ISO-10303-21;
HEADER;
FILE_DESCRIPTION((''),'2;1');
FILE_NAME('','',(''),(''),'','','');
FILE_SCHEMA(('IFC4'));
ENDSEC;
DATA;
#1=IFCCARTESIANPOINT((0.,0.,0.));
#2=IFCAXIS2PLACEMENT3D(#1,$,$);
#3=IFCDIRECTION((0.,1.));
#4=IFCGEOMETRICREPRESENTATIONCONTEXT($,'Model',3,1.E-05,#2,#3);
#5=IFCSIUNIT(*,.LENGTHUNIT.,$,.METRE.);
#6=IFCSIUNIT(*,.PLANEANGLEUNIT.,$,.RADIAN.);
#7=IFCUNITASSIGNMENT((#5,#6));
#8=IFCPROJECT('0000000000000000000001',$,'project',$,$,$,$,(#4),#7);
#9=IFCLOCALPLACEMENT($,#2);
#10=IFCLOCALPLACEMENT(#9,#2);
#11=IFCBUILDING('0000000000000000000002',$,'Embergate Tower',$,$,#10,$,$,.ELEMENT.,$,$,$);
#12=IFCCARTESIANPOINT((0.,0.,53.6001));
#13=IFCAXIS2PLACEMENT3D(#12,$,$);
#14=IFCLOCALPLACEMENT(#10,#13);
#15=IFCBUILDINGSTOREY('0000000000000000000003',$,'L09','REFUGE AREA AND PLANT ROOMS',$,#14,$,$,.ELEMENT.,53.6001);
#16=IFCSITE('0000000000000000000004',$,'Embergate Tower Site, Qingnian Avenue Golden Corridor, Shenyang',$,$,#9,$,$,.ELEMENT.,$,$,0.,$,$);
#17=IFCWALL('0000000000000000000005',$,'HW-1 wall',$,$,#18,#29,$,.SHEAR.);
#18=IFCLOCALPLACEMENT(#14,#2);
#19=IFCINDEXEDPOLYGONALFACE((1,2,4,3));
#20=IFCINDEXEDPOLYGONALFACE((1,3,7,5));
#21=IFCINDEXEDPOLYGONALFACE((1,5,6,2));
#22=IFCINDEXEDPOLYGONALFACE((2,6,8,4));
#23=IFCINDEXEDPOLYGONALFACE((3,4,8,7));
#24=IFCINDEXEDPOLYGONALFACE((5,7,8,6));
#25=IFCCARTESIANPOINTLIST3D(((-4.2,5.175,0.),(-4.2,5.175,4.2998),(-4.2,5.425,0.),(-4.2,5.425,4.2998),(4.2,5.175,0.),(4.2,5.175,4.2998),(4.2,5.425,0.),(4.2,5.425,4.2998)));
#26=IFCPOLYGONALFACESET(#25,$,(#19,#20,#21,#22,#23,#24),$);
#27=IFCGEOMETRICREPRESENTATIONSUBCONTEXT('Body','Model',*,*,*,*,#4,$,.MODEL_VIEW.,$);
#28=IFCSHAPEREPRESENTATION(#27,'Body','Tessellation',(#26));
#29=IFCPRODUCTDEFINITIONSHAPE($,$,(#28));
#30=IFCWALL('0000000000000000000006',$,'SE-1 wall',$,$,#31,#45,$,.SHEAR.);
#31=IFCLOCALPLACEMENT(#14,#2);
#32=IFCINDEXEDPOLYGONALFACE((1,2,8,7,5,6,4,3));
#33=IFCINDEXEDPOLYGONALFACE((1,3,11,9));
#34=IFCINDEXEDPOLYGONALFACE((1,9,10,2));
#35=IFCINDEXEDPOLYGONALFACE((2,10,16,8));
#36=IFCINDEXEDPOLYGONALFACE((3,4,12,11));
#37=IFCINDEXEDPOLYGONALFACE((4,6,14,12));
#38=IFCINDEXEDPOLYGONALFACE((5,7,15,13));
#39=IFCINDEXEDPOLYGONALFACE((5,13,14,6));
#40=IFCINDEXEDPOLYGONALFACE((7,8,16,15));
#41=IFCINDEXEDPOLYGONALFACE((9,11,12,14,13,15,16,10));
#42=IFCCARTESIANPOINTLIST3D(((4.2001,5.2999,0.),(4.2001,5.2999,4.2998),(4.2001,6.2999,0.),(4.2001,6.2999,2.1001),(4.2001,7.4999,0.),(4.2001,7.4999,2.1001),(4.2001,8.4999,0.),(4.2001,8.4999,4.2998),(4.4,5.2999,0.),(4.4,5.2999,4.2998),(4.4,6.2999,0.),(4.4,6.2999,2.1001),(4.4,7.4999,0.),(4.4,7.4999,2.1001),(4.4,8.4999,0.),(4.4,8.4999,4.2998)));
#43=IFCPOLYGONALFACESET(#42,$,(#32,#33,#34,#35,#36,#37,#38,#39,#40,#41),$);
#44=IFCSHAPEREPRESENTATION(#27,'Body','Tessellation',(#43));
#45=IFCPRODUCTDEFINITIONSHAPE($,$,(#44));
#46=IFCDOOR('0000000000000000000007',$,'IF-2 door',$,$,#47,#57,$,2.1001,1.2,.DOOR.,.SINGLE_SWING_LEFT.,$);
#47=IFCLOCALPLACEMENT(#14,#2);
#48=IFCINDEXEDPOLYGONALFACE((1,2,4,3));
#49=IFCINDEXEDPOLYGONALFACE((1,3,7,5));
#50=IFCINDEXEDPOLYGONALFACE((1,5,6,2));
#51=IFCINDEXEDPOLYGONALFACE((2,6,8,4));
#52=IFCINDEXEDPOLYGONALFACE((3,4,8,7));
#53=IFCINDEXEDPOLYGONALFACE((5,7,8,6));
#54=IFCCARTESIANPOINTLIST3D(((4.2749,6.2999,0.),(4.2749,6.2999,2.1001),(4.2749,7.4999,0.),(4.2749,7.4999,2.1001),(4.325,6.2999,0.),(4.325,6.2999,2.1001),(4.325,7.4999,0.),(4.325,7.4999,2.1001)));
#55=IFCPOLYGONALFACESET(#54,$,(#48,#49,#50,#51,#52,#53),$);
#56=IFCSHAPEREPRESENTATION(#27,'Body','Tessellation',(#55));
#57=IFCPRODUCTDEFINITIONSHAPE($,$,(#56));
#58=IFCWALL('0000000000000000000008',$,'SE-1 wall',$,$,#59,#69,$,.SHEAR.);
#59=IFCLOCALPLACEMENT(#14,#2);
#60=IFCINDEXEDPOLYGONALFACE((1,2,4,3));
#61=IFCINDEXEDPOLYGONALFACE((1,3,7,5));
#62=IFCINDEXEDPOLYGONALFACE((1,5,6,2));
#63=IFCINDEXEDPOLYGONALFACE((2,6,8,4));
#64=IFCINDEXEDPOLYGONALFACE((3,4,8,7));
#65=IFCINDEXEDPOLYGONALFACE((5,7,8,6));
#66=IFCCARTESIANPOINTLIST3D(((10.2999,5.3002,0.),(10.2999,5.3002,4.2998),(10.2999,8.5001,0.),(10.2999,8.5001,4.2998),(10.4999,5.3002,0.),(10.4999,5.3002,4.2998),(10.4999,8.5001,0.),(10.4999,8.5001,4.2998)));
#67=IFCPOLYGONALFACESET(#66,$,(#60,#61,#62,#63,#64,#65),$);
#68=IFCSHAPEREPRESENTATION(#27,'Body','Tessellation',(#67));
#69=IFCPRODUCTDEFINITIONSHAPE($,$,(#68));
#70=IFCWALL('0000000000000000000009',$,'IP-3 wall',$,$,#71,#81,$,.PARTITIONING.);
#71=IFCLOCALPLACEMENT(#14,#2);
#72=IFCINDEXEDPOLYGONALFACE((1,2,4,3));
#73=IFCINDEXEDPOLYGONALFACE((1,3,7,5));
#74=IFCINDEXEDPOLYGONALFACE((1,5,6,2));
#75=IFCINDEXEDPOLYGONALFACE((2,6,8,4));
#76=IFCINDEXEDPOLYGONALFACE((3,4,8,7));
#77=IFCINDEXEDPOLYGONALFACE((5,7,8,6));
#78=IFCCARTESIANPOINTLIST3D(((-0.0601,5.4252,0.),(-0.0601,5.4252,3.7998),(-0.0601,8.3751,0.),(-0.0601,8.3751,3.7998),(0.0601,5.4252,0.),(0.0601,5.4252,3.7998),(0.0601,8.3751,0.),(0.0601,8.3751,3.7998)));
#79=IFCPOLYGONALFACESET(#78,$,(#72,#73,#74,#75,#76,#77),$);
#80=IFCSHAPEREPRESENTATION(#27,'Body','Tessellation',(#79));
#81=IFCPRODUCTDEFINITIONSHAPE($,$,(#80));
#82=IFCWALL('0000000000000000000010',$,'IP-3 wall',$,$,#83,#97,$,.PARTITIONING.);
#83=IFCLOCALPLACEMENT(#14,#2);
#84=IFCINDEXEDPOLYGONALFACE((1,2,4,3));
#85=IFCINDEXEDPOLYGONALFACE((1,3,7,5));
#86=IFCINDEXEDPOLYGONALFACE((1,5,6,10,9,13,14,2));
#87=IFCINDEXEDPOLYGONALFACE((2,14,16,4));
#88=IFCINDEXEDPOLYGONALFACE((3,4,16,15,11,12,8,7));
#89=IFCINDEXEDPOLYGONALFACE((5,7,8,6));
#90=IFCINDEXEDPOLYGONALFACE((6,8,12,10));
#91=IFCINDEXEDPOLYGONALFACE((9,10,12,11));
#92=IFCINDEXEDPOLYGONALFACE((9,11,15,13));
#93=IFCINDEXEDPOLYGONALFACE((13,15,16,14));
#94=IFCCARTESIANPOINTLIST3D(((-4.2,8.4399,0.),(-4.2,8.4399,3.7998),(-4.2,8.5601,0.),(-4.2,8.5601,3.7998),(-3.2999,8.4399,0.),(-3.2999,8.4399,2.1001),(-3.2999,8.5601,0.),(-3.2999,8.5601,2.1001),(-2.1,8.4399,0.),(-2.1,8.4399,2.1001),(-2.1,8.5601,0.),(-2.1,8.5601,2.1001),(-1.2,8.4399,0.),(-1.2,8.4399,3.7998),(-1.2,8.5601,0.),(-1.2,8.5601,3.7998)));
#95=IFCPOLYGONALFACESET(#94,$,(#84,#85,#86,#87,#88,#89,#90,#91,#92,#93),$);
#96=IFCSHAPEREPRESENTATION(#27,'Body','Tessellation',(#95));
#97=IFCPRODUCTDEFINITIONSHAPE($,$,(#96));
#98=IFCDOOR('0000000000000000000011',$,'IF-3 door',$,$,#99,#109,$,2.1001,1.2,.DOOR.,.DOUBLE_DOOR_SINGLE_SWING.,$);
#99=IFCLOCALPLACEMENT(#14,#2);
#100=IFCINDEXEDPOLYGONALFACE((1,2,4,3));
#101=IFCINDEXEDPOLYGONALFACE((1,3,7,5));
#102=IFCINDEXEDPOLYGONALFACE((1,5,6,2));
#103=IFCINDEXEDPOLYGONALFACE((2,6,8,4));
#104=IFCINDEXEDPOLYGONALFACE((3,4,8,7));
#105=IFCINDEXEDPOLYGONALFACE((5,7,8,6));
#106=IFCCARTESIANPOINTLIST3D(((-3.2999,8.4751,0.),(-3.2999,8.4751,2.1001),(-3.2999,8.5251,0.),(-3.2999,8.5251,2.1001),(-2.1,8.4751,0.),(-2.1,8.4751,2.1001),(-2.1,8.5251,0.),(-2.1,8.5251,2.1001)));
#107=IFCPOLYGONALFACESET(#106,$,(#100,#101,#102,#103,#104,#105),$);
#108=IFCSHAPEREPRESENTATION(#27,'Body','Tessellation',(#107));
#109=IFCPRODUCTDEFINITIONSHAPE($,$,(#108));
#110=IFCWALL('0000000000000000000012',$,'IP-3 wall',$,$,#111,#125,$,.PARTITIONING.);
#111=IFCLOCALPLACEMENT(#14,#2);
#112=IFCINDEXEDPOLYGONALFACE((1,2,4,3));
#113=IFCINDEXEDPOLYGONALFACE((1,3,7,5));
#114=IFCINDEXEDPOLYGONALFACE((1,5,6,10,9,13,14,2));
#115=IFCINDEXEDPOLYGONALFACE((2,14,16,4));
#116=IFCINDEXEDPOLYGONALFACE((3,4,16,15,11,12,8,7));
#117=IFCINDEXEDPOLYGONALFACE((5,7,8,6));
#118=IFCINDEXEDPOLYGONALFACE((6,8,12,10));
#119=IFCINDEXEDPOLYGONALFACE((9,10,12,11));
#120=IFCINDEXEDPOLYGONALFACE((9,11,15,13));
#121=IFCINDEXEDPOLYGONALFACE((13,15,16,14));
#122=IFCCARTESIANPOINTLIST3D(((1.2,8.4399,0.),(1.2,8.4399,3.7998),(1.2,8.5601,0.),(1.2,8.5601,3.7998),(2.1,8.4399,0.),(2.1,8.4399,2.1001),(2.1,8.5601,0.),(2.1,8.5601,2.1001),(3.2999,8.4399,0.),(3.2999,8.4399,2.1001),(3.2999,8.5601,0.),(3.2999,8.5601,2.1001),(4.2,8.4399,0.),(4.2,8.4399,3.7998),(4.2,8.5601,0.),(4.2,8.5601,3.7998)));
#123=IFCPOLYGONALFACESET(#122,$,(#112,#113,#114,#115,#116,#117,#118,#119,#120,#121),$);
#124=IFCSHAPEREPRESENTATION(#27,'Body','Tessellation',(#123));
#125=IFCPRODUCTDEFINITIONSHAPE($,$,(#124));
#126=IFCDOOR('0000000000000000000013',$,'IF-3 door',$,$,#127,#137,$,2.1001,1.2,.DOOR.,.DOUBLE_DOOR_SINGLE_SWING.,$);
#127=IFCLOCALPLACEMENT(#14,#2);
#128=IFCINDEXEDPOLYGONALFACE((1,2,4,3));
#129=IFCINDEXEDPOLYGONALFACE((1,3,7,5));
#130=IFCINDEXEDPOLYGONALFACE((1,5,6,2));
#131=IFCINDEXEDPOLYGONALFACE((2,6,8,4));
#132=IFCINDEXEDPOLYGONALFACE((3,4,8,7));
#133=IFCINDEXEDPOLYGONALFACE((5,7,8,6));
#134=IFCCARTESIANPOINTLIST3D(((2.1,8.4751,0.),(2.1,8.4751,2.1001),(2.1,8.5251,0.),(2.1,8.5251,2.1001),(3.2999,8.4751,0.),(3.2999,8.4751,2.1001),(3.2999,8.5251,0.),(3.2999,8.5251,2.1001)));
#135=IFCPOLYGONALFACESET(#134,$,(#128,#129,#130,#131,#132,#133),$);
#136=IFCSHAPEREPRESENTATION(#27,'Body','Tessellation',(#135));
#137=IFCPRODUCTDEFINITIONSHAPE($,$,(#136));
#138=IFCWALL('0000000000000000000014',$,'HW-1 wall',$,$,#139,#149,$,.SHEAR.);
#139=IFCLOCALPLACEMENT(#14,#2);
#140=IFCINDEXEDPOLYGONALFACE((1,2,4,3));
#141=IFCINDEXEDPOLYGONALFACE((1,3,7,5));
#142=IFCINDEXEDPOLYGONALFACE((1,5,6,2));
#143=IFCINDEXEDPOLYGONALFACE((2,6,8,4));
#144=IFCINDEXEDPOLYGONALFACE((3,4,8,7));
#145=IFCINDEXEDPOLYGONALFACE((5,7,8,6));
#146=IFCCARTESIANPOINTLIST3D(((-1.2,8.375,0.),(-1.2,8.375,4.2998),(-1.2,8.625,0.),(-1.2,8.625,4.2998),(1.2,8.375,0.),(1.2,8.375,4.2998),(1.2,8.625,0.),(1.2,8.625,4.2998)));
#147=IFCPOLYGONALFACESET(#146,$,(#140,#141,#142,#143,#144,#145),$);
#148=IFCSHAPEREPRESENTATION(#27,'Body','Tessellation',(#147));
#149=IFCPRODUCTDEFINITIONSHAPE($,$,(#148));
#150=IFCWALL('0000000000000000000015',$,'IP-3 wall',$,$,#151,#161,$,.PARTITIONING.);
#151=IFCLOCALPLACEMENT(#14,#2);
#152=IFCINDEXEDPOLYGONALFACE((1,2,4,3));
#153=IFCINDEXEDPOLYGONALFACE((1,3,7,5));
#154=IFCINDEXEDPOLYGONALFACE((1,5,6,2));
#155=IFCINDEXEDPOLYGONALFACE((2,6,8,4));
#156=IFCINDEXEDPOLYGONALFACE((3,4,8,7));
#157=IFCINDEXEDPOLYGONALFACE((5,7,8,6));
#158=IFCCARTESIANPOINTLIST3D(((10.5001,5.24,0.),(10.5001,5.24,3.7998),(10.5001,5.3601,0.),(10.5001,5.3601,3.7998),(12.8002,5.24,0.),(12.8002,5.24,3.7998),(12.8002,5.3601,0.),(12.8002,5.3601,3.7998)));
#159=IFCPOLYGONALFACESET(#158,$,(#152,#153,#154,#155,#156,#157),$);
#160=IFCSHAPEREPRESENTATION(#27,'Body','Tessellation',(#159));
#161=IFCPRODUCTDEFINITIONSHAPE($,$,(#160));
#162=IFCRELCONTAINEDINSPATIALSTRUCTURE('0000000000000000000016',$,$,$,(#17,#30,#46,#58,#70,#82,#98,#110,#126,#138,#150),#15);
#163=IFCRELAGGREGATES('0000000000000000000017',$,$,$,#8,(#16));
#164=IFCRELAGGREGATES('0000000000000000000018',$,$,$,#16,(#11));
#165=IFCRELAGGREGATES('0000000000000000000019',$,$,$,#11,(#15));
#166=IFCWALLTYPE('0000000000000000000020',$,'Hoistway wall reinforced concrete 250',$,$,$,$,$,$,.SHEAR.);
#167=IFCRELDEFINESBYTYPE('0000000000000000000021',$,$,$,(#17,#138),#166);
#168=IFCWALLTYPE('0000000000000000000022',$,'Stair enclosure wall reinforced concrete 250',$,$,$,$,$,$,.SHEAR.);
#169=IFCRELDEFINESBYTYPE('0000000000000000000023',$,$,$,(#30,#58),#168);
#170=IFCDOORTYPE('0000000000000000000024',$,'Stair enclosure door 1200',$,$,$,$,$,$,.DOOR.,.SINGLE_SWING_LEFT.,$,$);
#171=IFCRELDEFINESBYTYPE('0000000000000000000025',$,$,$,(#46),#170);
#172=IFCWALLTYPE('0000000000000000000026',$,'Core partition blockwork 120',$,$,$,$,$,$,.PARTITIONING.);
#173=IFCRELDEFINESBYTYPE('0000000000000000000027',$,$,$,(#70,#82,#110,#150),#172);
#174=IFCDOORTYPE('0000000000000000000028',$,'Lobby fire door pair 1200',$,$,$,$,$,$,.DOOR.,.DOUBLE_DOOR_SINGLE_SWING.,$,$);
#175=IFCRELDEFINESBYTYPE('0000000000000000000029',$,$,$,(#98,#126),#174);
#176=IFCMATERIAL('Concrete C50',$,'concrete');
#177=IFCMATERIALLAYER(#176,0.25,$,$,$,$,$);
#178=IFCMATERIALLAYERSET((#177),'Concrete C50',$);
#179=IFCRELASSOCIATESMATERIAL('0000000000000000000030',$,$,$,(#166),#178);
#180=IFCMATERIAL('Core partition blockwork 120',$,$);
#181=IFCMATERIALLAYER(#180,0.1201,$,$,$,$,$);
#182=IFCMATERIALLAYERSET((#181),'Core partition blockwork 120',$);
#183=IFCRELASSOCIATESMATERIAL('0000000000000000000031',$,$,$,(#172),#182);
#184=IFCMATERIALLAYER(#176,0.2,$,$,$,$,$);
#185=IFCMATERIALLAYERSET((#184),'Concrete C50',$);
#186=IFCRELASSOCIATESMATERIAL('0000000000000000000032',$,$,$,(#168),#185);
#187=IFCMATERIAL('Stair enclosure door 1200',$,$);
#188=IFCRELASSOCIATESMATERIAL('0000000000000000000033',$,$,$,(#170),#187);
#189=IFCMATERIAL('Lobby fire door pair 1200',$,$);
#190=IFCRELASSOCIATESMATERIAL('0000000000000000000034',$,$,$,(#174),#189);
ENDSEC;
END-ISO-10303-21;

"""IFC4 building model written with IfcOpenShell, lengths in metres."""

from ifc_helpers import new_model, si_unit, direction, frame, frame_2d, origin, place, context, subcontext, project, spatial, rectangle, extrude, source, transform, mapped, material, layer, layer_set, type_object, element, fill, save


model = new_model("IFC4")

# Units and contexts
model_context = context("Model", 3, precision=1e-05, world=origin(), true_north=direction((0.0, 1.0)))
body_context = subcontext(model_context, "Body", "Model", "MODEL_VIEW")
ifc_project = project(units=[si_unit("LENGTHUNIT", "METRE"), si_unit("PLANEANGLEUNIT", "RADIAN")], contexts=[model_context])

# Site, building, storey
site_placement = place(None, origin())
site = spatial("IfcSite", under=ifc_project, at=site_placement, Name="Embergate Tower Site, Qingnian Avenue Golden Corridor, Shenyang", CompositionType="ELEMENT", RefElevation=0.0)
building_placement = place(site_placement, origin())
building = spatial("IfcBuilding", under=site, at=building_placement, Name="Embergate Tower", CompositionType="ELEMENT")
storey_placement = place(building_placement, frame((0.0, 0.0, 53.6001)))
storey = spatial("IfcBuildingStorey", under=building, at=storey_placement, Name="L09", Description="REFUGE AREA AND PLANT ROOMS", CompositionType="ELEMENT", Elevation=53.6001)

# Shared definitions
ifc_material_1 = material(Name="Concrete C50", Category="concrete")
ifc_layer_1 = layer(ifc_material_1, 0.25)
ifc_layer_set_1 = layer_set([ifc_layer_1], Name="Concrete C50")
wall_type_1 = type_object("IfcWallType", Name="Hoistway wall reinforced concrete 250", PredefinedType="SHEAR", material=ifc_layer_set_1)

# Shared definitions
ifc_material_2 = material(Name="Core partition blockwork 120")
ifc_layer_2 = layer(ifc_material_2, 0.1201)
ifc_layer_set_2 = layer_set([ifc_layer_2], Name="Core partition blockwork 120")
wall_type_2 = type_object("IfcWallType", Name="Core partition blockwork 120", PredefinedType="PARTITIONING", material=ifc_layer_set_2)

# Wall
ifc_layer_3 = layer(ifc_material_1, 0.2)
ifc_layer_set_3 = layer_set([ifc_layer_3], Name="Concrete C50")
wall_type_3 = type_object("IfcWallType", Name="Stair enclosure wall reinforced concrete 250", PredefinedType="SHEAR", material=ifc_layer_set_3)
shared_shape_1 = source(origin(), body_context, "Body", "SweptSolid", [
    extrude(rectangle(XDim=8.3999, YDim=0.25, at=frame_2d((4.2, 0.0))), origin(), (0.0, 0.0, 1.0), 4.2998),
])
wall_1_placement = place(storey_placement, frame((4.2, 5.3, 0.0), z_axis=(0.0, 0.0, 1.0), x_axis=(-1.0, 0.0, 0.0)))
element("IfcWall", 1, at=wall_1_placement, inside=storey, type_object=wall_type_1, Name="HW-1 wall", PredefinedType="SHEAR", context=body_context, shape_type="MappedRepresentation", body=[
    mapped(shared_shape_1, transform((0.0, 0.0, 0.0))),
])

# Wall, opening, door
shared_shape_2 = source(origin(), body_context, "Body", "SweptSolid", [
    extrude(rectangle(XDim=3.2, YDim=0.2, at=frame_2d((1.6001, 0.0))), origin(), (0.0, 0.0, 1.0), 4.2998),
])
wall_2_placement = place(storey_placement, frame((4.3, 8.5, 0.0), z_axis=(0.0, 0.0, 1.0), x_axis=(0.0, -1.0, 0.0)))
wall_2 = element("IfcWall", 2, at=wall_2_placement, inside=storey, type_object=wall_type_3, Name="SE-1 wall", PredefinedType="SHEAR", context=body_context, shape_type="MappedRepresentation", body=[
    mapped(shared_shape_2, transform((0.0, 0.0, 0.0))),
])
shared_shape_3 = source(origin(), body_context, "Body", "SweptSolid", [
    extrude(rectangle(XDim=1.2, YDim=2.1001, at=frame_2d((0.6001, 1.05))), frame((0.0, 0.1099, 0.0), z_axis=(0.0, -1.0, 0.0), x_axis=(1.0, 0.0, 0.0)), (0.0, 0.0, 1.0), 0.22),
])
opening_1_placement = place(wall_2_placement, frame((1.0, 0.0, 0.0)))
opening_1 = element("IfcOpeningElement", 3, at=opening_1_placement, cuts=wall_2, PredefinedType="OPENING", context=body_context, shape_type="MappedRepresentation", body=[
    mapped(shared_shape_3, transform((0.0, 0.0, 0.0))),
])
ifc_material_3 = material(Name="Stair enclosure door 1200")
door_type_1 = type_object("IfcDoorType", Name="Stair enclosure door 1200", OperationType="SINGLE_SWING_LEFT", PredefinedType="DOOR", material=ifc_material_3)
shared_shape_4 = source(origin(), body_context, "Body", "SweptSolid", [
    extrude(rectangle(XDim=1.2, YDim=2.1001, at=frame_2d((0.6001, 1.05))), frame((0.0, 0.0249, 0.0), z_axis=(0.0, -1.0, 0.0), x_axis=(1.0, 0.0, 0.0)), (0.0, 0.0, 1.0), 0.05),
])
door_1_placement = place(opening_1_placement, origin())
door_1 = element("IfcDoor", 4, at=door_1_placement, inside=storey, type_object=door_type_1, Name="IF-2 door", OperationType="SINGLE_SWING_LEFT", OverallHeight=2.1001, OverallWidth=1.2, PredefinedType="DOOR", context=body_context, shape_type="MappedRepresentation", body=[
    mapped(shared_shape_4, transform((0.0, 0.0, 0.0))),
])
fill(opening_1, door_1)

# Walls
wall_3_placement = place(storey_placement, frame((10.3999, 5.3, 0.0), z_axis=(0.0, 0.0, 1.0), x_axis=(0.0, 1.0, 0.0)))
element("IfcWall", 5, at=wall_3_placement, inside=storey, type_object=wall_type_3, Name="SE-1 wall", PredefinedType="SHEAR", context=body_context, shape_type="MappedRepresentation", body=[
    mapped(shared_shape_2, transform((0.0, 0.0, 0.0))),
])
shared_shape_5 = source(origin(), body_context, "Body", "SweptSolid", [
    extrude(rectangle(XDim=2.95, YDim=0.1201, at=frame_2d((1.4751, 0.0))), origin(), (0.0, 0.0, 1.0), 3.7998),
])
wall_4_placement = place(storey_placement, frame((0.0, 5.425, 0.0), z_axis=(0.0, 0.0, 1.0), x_axis=(0.0, 1.0, 0.0)))
element("IfcWall", 6, at=wall_4_placement, inside=storey, type_object=wall_type_2, Name="IP-3 wall", PredefinedType="PARTITIONING", context=body_context, shape_type="MappedRepresentation", body=[
    mapped(shared_shape_5, transform((0.0, 0.0, 0.0))),
])

# Walls, openings, doors
shared_shape_6 = source(origin(), body_context, "Body", "SweptSolid", [
    extrude(rectangle(XDim=3.0, YDim=0.1201, at=frame_2d((1.5, 0.0))), origin(), (0.0, 0.0, 1.0), 3.7998),
])
wall_5_placement = place(storey_placement, frame((-1.2, 8.5, 0.0), z_axis=(0.0, 0.0, 1.0), x_axis=(-1.0, 0.0, 0.0)))
wall_5 = element("IfcWall", 7, at=wall_5_placement, inside=storey, type_object=wall_type_2, Name="IP-3 wall", PredefinedType="PARTITIONING", context=body_context, shape_type="MappedRepresentation", body=[
    mapped(shared_shape_6, transform((0.0, 0.0, 0.0))),
])
shared_shape_7 = source(origin(), body_context, "Body", "SweptSolid", [
    extrude(rectangle(XDim=1.2, YDim=2.1001, at=frame_2d((0.6001, 1.05))), frame((0.0, 0.0701, 0.0), z_axis=(0.0, -1.0, 0.0), x_axis=(1.0, 0.0, 0.0)), (0.0, 0.0, 1.0), 0.1401),
])
opening_2_placement = place(wall_5_placement, frame((0.8999, 0.0, 0.0)))
opening_2 = element("IfcOpeningElement", 8, at=opening_2_placement, cuts=wall_5, PredefinedType="OPENING", context=body_context, shape_type="MappedRepresentation", body=[
    mapped(shared_shape_7, transform((0.0, 0.0, 0.0))),
])
ifc_material_4 = material(Name="Lobby fire door pair 1200")
door_type_2 = type_object("IfcDoorType", Name="Lobby fire door pair 1200", OperationType="DOUBLE_DOOR_SINGLE_SWING", PredefinedType="DOOR", material=ifc_material_4)
door_2_placement = place(opening_2_placement, origin())
door_2 = element("IfcDoor", 9, at=door_2_placement, inside=storey, type_object=door_type_2, Name="IF-3 door", OperationType="DOUBLE_DOOR_SINGLE_SWING", OverallHeight=2.1001, OverallWidth=1.2, PredefinedType="DOOR", context=body_context, shape_type="MappedRepresentation", body=[
    mapped(shared_shape_4, transform((0.0, 0.0, 0.0))),
])
fill(opening_2, door_2)
wall_6_placement = place(storey_placement, frame((4.2, 8.5, 0.0), z_axis=(0.0, 0.0, 1.0), x_axis=(-1.0, 0.0, 0.0)))
wall_6 = element("IfcWall", 10, at=wall_6_placement, inside=storey, type_object=wall_type_2, Name="IP-3 wall", PredefinedType="PARTITIONING", context=body_context, shape_type="MappedRepresentation", body=[
    mapped(shared_shape_6, transform((0.0, 0.0, 0.0))),
])
opening_3_placement = place(wall_6_placement, frame((0.8999, 0.0, 0.0)))
opening_3 = element("IfcOpeningElement", 11, at=opening_3_placement, cuts=wall_6, PredefinedType="OPENING", context=body_context, shape_type="MappedRepresentation", body=[
    mapped(shared_shape_7, transform((0.0, 0.0, 0.0))),
])
door_3_placement = place(opening_3_placement, origin())
door_3 = element("IfcDoor", 12, at=door_3_placement, inside=storey, type_object=door_type_2, Name="IF-3 door", OperationType="DOUBLE_DOOR_SINGLE_SWING", OverallHeight=2.1001, OverallWidth=1.2, PredefinedType="DOOR", context=body_context, shape_type="MappedRepresentation", body=[
    mapped(shared_shape_4, transform((0.0, 0.0, 0.0))),
])
fill(opening_3, door_3)

# Walls
shared_shape_8 = source(origin(), body_context, "Body", "SweptSolid", [
    extrude(rectangle(XDim=2.3999, YDim=0.25, at=frame_2d((1.2, 0.0))), origin(), (0.0, 0.0, 1.0), 4.2998),
])
wall_7_placement = place(storey_placement, frame((1.2, 8.5, 0.0), z_axis=(0.0, 0.0, 1.0), x_axis=(-1.0, 0.0, 0.0)))
element("IfcWall", 13, at=wall_7_placement, inside=storey, type_object=wall_type_1, Name="HW-1 wall", PredefinedType="SHEAR", context=body_context, shape_type="MappedRepresentation", body=[
    mapped(shared_shape_8, transform((0.0, 0.0, 0.0))),
])
shared_shape_9 = source(origin(), body_context, "Body", "SweptSolid", [
    extrude(rectangle(XDim=2.3, YDim=0.1201, at=frame_2d((1.1499, 0.0))), origin(), (0.0, 0.0, 1.0), 3.7998),
])
wall_8_placement = place(storey_placement, frame((12.8, 5.3, 0.0), z_axis=(0.0, 0.0, 1.0), x_axis=(-1.0, 0.0, 0.0)))
element("IfcWall", 14, at=wall_8_placement, inside=storey, type_object=wall_type_2, Name="IP-3 wall", PredefinedType="PARTITIONING", context=body_context, shape_type="MappedRepresentation", body=[
    mapped(shared_shape_9, transform((0.0, 0.0, 0.0))),
])

save(model, "model.ifc")
